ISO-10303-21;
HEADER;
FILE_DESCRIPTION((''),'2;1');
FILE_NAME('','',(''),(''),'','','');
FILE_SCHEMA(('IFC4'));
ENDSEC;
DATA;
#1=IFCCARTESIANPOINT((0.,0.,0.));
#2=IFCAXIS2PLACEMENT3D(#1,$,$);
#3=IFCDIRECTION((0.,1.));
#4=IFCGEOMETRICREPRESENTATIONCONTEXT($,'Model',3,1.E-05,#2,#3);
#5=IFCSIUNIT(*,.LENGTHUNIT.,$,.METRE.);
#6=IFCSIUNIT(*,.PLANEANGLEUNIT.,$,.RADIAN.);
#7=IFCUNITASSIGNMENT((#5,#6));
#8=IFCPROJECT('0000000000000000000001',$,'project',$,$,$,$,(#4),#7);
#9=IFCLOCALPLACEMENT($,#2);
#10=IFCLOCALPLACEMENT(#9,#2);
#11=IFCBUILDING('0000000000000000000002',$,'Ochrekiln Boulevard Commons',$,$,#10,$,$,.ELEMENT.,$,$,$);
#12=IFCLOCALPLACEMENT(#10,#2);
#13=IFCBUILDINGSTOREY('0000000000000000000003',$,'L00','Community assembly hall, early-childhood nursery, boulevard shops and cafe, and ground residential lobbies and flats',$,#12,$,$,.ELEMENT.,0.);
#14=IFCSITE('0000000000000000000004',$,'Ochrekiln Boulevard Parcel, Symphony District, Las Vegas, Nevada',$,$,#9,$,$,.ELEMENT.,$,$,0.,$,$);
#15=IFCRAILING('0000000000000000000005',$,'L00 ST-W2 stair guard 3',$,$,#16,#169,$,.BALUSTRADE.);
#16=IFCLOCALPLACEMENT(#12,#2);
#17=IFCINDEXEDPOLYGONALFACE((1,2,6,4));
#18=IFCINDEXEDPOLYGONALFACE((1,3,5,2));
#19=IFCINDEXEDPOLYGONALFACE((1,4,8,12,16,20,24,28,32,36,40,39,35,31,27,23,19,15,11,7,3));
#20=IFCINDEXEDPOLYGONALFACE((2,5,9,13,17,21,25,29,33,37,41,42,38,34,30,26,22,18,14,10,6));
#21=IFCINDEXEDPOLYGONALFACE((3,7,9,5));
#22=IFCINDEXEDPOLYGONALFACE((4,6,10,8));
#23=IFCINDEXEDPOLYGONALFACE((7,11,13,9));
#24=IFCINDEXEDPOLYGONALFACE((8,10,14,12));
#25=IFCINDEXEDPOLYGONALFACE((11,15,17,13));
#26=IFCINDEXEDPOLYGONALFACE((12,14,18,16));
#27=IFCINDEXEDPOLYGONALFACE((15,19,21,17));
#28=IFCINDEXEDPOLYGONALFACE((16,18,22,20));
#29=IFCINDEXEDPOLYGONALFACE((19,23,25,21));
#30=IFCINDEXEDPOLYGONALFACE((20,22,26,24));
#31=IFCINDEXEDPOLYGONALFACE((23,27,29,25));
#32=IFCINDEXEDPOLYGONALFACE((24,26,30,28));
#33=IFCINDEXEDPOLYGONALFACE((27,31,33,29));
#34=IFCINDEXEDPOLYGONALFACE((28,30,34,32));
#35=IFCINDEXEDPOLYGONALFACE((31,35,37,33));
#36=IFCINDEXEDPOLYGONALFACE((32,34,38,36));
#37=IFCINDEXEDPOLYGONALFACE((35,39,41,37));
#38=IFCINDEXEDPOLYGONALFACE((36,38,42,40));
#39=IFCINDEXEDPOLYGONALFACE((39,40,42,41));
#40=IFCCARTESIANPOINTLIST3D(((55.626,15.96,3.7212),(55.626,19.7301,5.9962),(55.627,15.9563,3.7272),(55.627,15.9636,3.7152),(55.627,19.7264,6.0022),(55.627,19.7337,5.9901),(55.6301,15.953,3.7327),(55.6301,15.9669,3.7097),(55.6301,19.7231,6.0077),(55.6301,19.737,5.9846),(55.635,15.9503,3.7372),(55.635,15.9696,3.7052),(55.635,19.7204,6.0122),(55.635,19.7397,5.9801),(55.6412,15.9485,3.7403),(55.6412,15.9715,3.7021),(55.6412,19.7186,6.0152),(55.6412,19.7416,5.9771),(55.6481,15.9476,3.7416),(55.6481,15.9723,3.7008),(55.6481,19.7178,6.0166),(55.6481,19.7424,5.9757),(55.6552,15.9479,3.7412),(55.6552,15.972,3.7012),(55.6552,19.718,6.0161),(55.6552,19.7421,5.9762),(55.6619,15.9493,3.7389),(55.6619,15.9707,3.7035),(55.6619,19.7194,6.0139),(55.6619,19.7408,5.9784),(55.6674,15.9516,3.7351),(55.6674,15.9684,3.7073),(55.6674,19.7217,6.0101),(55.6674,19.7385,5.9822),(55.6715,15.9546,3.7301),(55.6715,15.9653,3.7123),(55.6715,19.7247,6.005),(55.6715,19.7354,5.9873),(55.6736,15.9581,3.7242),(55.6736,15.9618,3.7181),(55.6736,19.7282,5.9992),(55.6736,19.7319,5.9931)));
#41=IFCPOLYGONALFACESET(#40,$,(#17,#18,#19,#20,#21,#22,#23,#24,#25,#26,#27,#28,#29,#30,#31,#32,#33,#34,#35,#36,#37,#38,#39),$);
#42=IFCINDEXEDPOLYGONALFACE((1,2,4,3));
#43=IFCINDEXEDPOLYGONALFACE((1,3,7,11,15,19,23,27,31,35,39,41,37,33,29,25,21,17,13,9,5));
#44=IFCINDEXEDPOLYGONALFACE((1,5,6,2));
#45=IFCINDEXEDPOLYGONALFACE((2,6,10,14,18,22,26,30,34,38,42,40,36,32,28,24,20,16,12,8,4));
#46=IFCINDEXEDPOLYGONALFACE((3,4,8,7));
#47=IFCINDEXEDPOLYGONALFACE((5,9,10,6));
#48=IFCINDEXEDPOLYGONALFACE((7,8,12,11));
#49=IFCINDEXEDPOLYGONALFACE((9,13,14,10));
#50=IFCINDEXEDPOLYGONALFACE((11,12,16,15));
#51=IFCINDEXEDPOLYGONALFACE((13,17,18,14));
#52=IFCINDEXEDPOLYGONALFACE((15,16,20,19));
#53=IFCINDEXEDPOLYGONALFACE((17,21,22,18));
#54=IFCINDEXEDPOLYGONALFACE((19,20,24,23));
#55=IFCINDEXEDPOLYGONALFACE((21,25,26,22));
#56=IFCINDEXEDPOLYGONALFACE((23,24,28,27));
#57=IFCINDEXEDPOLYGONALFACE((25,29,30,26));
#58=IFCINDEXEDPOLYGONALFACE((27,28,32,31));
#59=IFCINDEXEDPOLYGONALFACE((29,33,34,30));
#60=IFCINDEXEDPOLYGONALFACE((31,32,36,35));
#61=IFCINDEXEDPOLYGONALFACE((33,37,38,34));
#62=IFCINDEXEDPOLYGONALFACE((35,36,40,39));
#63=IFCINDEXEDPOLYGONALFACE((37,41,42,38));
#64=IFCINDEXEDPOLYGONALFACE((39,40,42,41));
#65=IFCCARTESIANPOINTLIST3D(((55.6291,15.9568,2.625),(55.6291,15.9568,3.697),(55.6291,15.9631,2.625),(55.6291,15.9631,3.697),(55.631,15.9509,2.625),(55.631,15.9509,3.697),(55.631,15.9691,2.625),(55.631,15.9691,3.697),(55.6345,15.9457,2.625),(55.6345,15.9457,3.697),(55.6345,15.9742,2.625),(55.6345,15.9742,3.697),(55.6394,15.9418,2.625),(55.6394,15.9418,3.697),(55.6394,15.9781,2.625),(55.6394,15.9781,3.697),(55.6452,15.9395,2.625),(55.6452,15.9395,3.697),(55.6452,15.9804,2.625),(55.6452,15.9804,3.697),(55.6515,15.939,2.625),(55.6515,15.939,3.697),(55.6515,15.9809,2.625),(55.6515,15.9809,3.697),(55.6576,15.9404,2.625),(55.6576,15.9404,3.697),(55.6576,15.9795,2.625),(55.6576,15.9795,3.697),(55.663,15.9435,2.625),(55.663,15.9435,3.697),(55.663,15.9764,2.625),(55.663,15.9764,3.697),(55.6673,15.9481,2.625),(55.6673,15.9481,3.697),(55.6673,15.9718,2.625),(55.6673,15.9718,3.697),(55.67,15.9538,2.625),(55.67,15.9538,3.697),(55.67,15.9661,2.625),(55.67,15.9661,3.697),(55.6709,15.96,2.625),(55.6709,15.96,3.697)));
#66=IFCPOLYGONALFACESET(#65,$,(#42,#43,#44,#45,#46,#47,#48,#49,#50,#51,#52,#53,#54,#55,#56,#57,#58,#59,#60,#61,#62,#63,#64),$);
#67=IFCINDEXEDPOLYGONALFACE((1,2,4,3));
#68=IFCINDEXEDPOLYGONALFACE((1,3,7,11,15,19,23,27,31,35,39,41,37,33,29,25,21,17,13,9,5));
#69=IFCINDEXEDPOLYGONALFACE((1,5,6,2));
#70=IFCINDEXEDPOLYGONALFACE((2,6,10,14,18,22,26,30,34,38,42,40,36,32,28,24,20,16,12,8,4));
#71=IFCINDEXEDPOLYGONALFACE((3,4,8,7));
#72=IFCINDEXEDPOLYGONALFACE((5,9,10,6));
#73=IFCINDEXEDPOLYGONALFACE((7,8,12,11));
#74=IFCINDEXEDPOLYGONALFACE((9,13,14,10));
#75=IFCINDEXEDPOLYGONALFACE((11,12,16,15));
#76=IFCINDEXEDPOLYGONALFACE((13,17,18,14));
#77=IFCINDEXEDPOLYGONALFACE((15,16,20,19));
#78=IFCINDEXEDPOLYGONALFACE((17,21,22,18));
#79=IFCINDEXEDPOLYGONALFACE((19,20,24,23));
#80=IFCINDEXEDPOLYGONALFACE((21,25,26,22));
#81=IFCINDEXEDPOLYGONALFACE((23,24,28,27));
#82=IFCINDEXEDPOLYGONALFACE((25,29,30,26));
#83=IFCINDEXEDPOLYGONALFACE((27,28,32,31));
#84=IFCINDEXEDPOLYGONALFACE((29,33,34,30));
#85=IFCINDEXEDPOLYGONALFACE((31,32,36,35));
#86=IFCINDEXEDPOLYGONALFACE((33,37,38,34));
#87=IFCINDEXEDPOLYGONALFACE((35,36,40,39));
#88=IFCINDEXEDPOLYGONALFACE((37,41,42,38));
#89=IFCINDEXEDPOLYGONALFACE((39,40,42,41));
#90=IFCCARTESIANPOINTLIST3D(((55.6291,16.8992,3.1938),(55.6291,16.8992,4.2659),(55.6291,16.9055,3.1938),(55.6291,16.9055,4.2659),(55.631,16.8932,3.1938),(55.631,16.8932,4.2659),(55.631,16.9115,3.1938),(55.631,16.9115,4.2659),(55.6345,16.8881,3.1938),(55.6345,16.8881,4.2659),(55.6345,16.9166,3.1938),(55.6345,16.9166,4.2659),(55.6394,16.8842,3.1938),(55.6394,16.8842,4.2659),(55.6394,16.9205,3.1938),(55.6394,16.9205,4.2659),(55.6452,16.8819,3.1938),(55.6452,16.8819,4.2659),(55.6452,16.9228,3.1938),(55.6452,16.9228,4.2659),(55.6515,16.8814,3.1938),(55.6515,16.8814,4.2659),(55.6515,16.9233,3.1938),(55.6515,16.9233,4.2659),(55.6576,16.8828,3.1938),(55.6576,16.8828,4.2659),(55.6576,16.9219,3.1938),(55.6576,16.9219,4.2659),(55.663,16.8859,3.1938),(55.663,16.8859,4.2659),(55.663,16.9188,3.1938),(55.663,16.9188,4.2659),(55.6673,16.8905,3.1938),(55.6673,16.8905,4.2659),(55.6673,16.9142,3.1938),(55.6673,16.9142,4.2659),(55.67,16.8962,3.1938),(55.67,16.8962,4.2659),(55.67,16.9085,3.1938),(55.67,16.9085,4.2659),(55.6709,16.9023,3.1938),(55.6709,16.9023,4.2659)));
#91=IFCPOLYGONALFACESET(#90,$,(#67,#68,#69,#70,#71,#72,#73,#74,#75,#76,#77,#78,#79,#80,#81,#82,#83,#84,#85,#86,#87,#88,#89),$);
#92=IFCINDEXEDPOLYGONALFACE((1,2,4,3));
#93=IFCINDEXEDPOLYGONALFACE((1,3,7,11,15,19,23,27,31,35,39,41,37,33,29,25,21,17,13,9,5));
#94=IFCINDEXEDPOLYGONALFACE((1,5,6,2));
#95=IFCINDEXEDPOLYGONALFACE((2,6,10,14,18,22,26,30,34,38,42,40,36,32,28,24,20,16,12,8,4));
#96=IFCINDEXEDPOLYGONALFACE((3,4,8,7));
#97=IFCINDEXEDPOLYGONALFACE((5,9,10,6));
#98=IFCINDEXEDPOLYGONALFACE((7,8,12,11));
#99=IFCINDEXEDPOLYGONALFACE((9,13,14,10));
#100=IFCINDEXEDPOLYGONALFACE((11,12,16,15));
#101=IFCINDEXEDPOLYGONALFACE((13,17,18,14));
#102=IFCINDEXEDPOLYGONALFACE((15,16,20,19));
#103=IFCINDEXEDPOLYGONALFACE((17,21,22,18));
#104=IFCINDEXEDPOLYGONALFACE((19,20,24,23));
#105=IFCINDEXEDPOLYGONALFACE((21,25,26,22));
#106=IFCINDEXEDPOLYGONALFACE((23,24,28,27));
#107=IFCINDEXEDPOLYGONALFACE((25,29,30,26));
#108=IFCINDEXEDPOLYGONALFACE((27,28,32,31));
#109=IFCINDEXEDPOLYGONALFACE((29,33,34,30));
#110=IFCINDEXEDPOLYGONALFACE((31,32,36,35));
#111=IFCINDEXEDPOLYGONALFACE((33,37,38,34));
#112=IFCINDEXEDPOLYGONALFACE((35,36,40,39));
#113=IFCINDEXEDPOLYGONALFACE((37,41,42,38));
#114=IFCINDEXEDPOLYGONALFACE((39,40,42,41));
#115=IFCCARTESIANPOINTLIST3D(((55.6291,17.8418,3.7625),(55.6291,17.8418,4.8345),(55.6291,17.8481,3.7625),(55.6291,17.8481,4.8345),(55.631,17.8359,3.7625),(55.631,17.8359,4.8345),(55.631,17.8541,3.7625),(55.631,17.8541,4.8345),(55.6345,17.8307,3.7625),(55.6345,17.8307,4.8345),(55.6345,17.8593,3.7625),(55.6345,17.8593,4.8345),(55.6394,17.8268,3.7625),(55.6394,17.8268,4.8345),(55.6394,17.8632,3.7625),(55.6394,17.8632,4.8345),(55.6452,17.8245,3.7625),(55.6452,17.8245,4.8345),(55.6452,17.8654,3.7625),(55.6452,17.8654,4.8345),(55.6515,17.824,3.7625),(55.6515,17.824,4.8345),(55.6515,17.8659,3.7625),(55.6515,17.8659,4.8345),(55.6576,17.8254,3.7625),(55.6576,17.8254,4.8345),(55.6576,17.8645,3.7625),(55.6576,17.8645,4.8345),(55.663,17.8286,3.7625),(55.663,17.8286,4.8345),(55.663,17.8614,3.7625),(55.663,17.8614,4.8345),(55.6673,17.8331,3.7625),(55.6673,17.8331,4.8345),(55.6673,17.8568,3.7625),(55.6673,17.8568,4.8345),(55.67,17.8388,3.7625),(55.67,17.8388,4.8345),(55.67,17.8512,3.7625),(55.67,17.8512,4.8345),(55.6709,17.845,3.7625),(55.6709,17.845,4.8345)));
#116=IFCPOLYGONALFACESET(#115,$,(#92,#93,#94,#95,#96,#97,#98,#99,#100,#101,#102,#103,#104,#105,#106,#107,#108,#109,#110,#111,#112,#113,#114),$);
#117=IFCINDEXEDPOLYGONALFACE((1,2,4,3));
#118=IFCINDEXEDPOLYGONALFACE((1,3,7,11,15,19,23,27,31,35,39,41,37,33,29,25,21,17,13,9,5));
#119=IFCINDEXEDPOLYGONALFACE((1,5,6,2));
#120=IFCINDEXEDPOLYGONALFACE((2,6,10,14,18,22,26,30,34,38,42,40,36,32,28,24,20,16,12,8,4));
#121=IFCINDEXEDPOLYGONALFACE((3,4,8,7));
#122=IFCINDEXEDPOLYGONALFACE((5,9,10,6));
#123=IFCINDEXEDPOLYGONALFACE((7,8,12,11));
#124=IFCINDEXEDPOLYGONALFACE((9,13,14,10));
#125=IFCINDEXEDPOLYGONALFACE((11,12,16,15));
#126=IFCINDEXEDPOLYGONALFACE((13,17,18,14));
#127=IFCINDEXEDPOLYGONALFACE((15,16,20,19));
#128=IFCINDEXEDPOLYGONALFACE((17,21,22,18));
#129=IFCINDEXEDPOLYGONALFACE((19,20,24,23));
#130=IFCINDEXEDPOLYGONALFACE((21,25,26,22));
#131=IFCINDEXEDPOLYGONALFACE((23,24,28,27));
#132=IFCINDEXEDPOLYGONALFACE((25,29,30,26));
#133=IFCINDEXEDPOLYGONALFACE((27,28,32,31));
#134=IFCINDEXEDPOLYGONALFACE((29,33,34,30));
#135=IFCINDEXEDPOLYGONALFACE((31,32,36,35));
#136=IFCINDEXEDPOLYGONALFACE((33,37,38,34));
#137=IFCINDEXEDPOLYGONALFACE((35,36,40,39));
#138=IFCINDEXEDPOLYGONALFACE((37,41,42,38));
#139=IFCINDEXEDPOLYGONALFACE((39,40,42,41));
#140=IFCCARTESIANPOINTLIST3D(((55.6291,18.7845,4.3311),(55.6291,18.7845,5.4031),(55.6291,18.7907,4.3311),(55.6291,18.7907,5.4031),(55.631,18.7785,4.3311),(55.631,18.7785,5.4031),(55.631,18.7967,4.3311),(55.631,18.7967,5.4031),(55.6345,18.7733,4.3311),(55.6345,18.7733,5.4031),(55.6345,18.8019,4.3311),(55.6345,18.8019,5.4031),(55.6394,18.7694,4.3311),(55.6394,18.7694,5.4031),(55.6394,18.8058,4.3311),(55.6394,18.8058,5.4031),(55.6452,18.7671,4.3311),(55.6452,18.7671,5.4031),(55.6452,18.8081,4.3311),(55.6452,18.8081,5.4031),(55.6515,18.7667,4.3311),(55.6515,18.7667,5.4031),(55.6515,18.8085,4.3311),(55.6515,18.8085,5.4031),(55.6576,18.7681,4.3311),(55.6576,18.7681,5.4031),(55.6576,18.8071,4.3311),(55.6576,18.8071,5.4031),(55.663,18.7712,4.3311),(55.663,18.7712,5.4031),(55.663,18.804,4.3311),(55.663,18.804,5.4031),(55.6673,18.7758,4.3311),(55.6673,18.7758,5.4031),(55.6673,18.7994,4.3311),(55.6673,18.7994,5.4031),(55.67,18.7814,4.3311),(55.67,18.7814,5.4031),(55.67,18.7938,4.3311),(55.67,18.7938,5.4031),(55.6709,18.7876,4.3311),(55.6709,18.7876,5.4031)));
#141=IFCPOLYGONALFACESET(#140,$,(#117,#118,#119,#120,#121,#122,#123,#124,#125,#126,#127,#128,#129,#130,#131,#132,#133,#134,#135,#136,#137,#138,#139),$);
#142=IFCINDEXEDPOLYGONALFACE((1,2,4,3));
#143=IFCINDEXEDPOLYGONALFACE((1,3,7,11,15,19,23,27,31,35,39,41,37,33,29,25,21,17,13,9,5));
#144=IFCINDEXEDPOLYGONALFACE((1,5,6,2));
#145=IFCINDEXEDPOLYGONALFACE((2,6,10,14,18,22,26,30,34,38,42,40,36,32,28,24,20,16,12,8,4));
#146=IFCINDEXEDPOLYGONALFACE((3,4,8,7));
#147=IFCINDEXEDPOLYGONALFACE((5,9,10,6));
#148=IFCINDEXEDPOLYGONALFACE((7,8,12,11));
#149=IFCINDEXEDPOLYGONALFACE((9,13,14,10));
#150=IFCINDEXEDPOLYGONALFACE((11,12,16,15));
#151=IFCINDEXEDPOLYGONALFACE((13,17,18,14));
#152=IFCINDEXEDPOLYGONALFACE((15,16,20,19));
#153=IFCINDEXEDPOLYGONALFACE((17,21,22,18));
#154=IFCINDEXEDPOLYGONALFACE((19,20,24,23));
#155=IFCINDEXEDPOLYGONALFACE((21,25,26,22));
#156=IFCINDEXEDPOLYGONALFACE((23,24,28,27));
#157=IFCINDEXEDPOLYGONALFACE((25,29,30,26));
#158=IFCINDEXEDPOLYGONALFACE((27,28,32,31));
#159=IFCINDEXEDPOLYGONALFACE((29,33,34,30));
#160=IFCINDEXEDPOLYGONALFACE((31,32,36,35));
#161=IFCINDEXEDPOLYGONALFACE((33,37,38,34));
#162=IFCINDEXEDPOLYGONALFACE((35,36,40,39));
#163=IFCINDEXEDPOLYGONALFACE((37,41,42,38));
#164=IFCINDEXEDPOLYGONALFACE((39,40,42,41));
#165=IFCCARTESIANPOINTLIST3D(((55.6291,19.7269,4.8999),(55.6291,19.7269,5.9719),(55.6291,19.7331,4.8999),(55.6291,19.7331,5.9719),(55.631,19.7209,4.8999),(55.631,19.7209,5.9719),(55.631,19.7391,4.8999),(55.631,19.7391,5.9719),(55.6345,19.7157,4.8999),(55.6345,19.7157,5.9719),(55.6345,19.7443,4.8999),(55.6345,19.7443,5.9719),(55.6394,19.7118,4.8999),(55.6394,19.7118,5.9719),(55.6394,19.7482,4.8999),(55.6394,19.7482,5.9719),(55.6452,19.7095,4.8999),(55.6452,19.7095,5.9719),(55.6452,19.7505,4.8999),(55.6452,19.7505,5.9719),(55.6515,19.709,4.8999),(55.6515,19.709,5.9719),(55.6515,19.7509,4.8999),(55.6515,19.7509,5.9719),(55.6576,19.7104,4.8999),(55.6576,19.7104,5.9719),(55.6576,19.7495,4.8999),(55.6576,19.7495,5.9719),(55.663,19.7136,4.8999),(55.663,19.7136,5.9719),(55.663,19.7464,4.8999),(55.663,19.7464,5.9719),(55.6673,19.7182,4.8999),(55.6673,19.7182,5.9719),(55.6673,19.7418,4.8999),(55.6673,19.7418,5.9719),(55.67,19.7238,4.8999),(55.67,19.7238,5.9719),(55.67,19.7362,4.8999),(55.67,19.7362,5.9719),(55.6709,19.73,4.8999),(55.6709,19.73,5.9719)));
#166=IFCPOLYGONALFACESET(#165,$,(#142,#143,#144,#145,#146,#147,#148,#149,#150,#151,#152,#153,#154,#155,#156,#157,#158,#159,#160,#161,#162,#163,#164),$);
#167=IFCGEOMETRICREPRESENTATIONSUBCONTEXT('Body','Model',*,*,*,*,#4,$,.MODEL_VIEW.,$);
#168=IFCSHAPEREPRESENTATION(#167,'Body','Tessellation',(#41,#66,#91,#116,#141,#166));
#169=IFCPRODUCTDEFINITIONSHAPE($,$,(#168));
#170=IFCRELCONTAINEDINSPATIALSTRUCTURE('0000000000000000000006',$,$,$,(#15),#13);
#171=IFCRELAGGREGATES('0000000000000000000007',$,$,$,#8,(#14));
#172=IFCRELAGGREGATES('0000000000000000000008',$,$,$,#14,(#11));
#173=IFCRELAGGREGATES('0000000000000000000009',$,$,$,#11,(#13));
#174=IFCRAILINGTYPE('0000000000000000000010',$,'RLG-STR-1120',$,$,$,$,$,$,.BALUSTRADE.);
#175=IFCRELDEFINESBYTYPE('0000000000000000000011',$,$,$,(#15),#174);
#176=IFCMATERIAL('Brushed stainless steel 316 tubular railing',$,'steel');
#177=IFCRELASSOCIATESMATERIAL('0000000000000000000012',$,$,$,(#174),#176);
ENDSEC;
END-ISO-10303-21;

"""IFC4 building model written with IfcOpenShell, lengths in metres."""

from ifc_helpers import new_model, si_unit, direction, frame, origin, origin_2d, place, context, subcontext, project, spatial, circle, extrude, material, type_object, element, save


model = new_model("IFC4")

# Units and contexts
model_context = context("Model", 3, precision=1e-05, world=origin(), true_north=direction((0.0, 1.0)))
body_context = subcontext(model_context, "Body", "Model", "MODEL_VIEW")
ifc_project = project(units=[si_unit("LENGTHUNIT", "METRE"), si_unit("PLANEANGLEUNIT", "RADIAN")], contexts=[model_context])

# Site, building, storey
site_placement = place(None, origin())
site = spatial("IfcSite", under=ifc_project, at=site_placement, Name="Ochrekiln Boulevard Parcel, Symphony District, Las Vegas, Nevada", CompositionType="ELEMENT", RefElevation=0.0)
building_placement = place(site_placement, origin())
building = spatial("IfcBuilding", under=site, at=building_placement, Name="Ochrekiln Boulevard Commons", CompositionType="ELEMENT")
storey_placement = place(building_placement, origin())
storey = spatial("IfcBuildingStorey", under=building, at=storey_placement, Name="L00", Description="Community assembly hall, early-childhood nursery, boulevard shops and cafe, and ground residential lobbies and flats", CompositionType="ELEMENT", Elevation=0.0)

# Railing
ifc_material_1 = material(Name="Brushed stainless steel 316 tubular railing", Category="steel")
railing_type_1 = type_object("IfcRailingType", Name="RLG-STR-1120", PredefinedType="BALUSTRADE", material=ifc_material_1)
railing_1_placement = place(storey_placement, frame((55.6499, 15.96, 2.625)))
element("IfcRailing", 1, at=railing_1_placement, inside=storey, type_object=railing_type_1, Name="L00 ST-W2 stair guard 3", PredefinedType="BALUSTRADE", context=body_context, shape_type="SweptSolid", body=[
    extrude(circle(Radius=0.0239, at=origin_2d()), frame((0.0, 0.0, 1.0962), z_axis=(0.0, 0.856199, 0.516647), x_axis=(-1.0, 0.0, 0.0)), (0.0, 0.0, 1.0), 4.4033),
    extrude(circle(Radius=0.021, at=origin_2d()), origin(), (0.0, 0.0, 1.0), 1.072),
    extrude(circle(Radius=0.021, at=origin_2d()), frame((0.0, 0.9424, 0.5688)), (0.0, 0.0, 1.0), 1.072),
    extrude(circle(Radius=0.021, at=origin_2d()), frame((0.0, 1.885, 1.1375)), (0.0, 0.0, 1.0), 1.072),
    extrude(circle(Radius=0.021, at=origin_2d()), frame((0.0, 2.8276, 1.7061)), (0.0, 0.0, 1.0), 1.072),
    extrude(circle(Radius=0.021, at=origin_2d()), frame((0.0, 3.77, 2.2749)), (0.0, 0.0, 1.0), 1.072),
])

save(model, "model.ifc")
